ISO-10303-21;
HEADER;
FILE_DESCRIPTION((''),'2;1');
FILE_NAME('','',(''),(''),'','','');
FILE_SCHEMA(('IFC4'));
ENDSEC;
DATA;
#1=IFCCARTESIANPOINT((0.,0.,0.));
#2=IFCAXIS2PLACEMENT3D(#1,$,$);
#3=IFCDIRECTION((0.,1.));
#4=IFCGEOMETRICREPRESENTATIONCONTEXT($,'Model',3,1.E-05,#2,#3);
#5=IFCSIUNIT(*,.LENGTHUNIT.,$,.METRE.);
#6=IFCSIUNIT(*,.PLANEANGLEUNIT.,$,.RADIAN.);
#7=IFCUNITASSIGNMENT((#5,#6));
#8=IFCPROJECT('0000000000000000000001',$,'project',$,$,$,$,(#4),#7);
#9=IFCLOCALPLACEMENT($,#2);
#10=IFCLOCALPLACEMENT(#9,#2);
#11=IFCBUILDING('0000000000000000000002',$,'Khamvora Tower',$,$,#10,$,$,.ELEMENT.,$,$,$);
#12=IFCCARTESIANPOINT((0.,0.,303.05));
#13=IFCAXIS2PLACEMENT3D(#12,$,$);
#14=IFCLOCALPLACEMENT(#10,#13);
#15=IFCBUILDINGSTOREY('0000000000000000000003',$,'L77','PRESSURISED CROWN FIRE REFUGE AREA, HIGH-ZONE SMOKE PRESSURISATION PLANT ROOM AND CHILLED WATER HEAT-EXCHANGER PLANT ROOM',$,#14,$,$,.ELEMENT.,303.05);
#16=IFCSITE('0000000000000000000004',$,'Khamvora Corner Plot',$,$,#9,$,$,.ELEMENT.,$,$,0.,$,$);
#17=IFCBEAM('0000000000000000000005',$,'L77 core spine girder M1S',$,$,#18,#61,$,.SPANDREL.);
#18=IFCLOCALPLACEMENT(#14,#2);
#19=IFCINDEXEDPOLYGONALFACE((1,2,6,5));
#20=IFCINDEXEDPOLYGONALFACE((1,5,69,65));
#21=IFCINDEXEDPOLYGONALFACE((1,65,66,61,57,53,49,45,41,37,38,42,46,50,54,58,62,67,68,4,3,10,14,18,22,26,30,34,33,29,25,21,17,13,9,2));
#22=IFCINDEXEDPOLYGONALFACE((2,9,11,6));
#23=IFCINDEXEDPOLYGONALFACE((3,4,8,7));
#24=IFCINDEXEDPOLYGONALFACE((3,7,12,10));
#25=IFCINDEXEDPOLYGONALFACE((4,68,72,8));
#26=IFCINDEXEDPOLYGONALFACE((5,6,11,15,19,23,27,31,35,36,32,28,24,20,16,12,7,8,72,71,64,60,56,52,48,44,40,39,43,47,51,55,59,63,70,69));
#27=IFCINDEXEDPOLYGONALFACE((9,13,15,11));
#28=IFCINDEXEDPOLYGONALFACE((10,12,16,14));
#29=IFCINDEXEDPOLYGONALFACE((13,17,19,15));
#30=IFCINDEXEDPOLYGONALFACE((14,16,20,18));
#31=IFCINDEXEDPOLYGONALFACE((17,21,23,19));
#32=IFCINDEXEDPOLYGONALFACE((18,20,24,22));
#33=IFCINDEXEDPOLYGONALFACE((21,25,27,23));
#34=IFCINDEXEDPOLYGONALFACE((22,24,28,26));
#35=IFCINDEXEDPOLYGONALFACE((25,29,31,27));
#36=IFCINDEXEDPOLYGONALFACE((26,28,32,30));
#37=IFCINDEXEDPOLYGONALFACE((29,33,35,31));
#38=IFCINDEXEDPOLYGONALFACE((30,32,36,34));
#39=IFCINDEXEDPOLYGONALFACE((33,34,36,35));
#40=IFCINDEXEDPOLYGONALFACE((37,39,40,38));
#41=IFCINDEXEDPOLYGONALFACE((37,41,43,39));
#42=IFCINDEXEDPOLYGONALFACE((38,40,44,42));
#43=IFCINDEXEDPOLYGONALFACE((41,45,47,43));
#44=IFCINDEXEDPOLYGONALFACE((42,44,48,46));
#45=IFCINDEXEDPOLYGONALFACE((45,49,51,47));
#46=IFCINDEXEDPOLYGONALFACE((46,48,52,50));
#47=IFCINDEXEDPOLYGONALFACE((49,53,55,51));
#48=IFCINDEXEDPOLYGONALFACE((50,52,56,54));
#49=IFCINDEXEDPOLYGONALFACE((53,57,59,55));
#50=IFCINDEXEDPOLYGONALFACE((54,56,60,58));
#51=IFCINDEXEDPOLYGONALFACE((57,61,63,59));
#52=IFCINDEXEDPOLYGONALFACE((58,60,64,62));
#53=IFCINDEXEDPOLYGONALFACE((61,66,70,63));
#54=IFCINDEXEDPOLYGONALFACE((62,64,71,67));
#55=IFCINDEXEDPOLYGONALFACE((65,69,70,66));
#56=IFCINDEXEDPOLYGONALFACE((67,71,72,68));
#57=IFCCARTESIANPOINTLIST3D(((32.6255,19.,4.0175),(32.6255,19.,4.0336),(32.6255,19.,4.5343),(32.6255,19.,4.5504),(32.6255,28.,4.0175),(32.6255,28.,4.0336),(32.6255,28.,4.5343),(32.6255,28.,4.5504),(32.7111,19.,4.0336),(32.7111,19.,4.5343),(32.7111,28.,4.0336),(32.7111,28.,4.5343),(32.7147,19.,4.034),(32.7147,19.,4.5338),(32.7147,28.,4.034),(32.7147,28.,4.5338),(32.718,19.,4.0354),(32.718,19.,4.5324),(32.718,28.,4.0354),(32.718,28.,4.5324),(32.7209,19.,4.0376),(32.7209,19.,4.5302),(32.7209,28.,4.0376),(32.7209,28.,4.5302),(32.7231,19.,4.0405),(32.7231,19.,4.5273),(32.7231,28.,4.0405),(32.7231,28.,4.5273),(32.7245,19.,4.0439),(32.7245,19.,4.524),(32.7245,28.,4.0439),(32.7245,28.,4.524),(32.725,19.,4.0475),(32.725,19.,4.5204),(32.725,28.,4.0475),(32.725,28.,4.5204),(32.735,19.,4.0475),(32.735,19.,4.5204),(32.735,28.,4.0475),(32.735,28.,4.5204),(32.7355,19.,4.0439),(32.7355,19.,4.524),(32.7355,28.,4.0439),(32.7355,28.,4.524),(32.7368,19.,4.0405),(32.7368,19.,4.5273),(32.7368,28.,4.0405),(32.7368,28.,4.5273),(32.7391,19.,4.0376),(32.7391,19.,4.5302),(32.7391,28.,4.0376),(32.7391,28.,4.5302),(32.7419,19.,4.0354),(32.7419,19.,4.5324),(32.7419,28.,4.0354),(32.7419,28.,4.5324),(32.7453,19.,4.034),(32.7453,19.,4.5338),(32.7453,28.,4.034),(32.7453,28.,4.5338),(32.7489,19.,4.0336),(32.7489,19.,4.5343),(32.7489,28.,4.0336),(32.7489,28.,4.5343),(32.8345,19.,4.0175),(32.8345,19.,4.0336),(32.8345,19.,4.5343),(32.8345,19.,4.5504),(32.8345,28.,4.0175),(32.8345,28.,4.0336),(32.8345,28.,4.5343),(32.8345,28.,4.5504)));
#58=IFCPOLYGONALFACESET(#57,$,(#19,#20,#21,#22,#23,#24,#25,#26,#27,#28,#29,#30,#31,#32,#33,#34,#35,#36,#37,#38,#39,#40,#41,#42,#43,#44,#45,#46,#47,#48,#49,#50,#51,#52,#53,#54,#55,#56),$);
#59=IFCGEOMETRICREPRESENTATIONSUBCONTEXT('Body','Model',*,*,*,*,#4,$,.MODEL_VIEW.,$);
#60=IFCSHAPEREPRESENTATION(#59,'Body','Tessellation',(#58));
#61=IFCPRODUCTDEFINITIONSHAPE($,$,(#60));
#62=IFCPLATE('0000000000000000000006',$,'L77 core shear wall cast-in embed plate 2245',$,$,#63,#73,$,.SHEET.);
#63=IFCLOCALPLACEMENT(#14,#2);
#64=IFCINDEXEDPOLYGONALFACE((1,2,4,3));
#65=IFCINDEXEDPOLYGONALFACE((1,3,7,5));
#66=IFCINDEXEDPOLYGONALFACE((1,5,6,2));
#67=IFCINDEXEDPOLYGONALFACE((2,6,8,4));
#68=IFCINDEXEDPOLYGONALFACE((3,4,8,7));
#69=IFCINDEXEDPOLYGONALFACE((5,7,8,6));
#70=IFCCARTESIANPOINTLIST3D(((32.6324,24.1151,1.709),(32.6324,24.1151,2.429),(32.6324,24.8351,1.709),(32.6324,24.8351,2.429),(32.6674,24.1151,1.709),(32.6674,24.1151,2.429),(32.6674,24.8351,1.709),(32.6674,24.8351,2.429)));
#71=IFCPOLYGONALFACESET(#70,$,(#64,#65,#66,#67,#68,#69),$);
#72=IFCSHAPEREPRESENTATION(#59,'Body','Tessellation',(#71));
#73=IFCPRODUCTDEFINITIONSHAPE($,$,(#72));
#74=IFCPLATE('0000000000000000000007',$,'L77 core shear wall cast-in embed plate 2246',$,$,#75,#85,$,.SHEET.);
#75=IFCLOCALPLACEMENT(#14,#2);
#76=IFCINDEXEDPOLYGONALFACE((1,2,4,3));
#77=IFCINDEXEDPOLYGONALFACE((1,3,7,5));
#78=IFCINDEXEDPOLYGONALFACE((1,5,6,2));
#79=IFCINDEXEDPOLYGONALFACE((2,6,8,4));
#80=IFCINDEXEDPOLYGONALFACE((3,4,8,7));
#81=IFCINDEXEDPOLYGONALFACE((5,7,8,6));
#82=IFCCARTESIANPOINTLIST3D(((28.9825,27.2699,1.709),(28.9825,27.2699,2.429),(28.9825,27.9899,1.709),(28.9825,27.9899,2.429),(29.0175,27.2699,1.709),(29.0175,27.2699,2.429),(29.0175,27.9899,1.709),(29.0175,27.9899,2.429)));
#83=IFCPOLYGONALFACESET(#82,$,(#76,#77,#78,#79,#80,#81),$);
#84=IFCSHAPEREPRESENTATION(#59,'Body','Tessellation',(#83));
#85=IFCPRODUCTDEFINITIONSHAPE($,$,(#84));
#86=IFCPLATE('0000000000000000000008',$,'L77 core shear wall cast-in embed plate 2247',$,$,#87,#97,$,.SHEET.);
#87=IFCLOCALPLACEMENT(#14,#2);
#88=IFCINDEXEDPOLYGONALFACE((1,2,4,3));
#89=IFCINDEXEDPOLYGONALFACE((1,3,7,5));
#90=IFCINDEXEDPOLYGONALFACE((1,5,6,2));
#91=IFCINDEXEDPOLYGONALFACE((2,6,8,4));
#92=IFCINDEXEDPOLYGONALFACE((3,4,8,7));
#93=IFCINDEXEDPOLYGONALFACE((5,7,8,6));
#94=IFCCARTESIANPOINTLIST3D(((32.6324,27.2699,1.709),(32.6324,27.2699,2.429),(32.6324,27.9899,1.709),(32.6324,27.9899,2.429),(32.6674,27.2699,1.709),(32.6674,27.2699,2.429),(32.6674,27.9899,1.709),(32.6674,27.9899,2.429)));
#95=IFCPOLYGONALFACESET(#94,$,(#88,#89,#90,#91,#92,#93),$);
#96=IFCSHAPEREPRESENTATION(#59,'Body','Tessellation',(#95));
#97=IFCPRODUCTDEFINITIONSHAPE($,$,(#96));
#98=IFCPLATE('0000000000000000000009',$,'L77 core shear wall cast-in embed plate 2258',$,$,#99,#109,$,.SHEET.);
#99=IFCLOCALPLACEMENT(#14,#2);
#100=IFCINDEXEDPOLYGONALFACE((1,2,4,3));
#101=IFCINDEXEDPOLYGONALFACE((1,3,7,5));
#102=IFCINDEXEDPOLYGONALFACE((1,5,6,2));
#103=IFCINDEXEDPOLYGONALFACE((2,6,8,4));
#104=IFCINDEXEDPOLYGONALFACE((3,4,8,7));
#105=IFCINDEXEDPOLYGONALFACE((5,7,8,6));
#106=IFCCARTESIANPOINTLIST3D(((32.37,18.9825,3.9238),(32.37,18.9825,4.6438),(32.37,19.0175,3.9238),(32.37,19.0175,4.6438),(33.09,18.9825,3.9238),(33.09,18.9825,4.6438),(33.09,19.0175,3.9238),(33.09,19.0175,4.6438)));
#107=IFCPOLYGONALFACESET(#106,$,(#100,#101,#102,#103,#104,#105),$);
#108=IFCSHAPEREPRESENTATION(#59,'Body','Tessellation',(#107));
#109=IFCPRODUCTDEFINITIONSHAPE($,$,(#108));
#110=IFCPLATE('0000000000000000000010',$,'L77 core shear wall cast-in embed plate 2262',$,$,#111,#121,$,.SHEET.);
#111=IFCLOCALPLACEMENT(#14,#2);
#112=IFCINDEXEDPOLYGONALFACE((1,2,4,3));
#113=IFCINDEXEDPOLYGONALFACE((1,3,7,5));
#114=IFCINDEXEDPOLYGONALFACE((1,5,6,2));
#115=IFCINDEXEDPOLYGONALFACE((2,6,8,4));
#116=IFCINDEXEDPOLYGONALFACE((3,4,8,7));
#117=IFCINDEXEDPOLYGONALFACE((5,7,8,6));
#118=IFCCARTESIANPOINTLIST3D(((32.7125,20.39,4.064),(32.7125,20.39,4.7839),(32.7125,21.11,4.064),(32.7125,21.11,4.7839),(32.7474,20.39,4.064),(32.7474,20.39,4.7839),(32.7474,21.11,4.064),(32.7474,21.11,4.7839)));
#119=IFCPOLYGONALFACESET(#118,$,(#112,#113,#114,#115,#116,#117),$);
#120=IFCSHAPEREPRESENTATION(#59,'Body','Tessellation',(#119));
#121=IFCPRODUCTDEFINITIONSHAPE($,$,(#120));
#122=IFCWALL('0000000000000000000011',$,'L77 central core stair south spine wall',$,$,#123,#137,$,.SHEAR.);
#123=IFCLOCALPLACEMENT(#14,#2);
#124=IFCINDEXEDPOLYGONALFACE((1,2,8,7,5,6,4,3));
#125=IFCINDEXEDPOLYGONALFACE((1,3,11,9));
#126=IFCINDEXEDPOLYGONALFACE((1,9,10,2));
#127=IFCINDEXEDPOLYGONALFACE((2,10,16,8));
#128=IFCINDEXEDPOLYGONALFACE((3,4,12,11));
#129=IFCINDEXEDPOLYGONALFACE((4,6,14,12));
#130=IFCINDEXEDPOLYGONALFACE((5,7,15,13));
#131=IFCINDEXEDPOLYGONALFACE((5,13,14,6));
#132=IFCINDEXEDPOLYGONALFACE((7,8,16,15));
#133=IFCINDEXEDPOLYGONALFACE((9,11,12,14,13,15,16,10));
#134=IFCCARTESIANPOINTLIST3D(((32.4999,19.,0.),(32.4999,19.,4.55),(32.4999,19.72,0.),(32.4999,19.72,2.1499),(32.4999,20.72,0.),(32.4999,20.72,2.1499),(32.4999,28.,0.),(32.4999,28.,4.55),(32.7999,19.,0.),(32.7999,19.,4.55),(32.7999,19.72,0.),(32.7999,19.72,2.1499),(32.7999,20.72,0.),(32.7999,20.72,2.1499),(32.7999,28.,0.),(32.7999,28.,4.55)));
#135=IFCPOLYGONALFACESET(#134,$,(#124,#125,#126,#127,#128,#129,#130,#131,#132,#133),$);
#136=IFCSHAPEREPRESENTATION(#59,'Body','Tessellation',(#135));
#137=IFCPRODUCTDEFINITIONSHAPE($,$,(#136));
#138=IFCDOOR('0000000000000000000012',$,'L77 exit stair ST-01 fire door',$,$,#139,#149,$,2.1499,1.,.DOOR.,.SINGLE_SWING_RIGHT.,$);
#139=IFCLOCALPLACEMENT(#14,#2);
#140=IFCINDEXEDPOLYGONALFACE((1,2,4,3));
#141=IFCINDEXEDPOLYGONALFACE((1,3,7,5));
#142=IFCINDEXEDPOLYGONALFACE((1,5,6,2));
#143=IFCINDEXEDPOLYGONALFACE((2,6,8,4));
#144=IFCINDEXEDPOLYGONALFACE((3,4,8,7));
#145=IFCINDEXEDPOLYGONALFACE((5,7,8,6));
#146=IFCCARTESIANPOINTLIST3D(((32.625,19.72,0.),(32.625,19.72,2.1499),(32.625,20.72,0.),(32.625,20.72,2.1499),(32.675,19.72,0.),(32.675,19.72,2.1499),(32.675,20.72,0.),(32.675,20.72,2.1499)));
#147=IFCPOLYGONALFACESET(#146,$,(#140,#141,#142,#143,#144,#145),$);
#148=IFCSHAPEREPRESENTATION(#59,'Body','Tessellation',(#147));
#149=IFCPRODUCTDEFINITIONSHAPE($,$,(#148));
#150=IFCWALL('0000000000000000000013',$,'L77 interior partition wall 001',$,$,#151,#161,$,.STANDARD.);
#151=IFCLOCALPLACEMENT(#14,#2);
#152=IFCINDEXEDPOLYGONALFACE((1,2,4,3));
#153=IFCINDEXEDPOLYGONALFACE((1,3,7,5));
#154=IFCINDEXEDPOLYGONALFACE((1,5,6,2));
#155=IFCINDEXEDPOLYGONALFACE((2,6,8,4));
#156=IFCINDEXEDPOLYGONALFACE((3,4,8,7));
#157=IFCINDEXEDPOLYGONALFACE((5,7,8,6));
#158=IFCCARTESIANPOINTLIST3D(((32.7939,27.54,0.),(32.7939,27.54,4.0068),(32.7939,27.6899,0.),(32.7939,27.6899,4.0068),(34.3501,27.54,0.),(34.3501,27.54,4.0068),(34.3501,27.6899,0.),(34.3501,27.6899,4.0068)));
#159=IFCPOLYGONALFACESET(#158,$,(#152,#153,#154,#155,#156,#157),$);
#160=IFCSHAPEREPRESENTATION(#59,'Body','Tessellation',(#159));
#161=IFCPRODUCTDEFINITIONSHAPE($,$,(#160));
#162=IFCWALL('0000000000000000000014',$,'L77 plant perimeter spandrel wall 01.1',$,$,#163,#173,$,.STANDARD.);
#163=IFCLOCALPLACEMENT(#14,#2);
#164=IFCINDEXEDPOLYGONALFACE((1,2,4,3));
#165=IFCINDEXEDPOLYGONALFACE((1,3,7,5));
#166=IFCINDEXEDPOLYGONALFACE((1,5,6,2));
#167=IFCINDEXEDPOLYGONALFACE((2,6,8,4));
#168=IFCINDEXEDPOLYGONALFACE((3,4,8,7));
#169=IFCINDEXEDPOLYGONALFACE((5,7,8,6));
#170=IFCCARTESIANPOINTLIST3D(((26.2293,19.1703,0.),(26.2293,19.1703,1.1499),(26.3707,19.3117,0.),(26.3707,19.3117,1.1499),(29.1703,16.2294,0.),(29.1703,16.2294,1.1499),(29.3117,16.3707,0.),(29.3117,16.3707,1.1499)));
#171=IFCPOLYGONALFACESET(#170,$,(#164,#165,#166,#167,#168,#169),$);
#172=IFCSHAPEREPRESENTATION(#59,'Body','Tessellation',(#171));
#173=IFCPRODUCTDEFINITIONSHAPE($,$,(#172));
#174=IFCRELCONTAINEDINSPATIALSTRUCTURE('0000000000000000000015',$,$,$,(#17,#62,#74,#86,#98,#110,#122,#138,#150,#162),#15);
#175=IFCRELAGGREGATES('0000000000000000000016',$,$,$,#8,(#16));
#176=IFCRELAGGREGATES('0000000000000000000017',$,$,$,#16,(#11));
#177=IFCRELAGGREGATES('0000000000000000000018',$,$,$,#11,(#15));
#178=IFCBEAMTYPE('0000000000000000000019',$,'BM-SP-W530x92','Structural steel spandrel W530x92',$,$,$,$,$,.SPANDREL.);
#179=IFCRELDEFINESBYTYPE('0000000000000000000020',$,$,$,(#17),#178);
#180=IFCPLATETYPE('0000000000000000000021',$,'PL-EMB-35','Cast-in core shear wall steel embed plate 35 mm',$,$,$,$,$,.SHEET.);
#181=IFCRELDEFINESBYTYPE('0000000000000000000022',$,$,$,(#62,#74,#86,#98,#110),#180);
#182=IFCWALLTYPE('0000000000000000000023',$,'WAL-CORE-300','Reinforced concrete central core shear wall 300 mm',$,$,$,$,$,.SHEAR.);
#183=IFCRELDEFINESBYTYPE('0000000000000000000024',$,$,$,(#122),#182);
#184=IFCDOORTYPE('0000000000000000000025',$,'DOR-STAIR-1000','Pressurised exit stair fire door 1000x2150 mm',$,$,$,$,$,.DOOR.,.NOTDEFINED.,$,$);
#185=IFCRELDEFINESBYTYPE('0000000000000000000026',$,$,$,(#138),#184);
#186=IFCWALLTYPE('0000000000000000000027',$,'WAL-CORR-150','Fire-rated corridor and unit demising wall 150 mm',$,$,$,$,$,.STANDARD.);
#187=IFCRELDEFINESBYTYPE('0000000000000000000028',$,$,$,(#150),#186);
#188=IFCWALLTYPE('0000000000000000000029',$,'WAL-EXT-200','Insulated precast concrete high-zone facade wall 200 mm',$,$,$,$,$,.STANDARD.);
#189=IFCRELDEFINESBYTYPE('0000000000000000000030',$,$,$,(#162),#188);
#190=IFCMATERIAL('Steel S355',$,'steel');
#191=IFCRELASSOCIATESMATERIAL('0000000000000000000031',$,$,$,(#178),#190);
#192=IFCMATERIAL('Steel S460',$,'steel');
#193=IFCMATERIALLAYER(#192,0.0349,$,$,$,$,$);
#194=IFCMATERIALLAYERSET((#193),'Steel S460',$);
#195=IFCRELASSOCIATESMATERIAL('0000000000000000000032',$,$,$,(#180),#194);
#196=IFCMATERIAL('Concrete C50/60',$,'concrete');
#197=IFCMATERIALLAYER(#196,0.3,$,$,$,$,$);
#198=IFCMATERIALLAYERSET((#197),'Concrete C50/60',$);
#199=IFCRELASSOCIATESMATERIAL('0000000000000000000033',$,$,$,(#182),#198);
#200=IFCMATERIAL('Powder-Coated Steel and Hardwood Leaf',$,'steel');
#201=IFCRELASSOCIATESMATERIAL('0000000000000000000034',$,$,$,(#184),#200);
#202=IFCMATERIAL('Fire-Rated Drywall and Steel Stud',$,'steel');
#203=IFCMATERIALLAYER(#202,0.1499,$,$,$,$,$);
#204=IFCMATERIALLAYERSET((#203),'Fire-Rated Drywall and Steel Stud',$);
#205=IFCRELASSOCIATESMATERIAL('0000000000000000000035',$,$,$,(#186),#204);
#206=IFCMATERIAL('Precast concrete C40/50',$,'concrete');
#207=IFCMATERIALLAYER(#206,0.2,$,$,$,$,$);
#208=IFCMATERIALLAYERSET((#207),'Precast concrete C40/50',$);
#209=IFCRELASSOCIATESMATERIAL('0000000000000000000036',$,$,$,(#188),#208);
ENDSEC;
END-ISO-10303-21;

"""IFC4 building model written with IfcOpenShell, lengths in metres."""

from ifc_helpers import new_model, si_unit, direction, frame, frame_2d, origin, origin_2d, place, context, subcontext, project, spatial, rectangle, i_section, extrude, material, layer, layer_set, material_profile, profile_set, type_object, element, fill, save


model = new_model("IFC4")

# Units and contexts
model_context = context("Model", 3, precision=1e-05, world=origin(), true_north=direction((0.0, 1.0)))
body_context = subcontext(model_context, "Body", "Model", "MODEL_VIEW")
ifc_project = project(units=[si_unit("LENGTHUNIT", "METRE"), si_unit("PLANEANGLEUNIT", "RADIAN")], contexts=[model_context])

# Site, building, storey
site_placement = place(None, origin())
site = spatial("IfcSite", under=ifc_project, at=site_placement, Name="Khamvora Corner Plot", CompositionType="ELEMENT", RefElevation=0.0)
building_placement = place(site_placement, origin())
building = spatial("IfcBuilding", under=site, at=building_placement, Name="Khamvora Tower", CompositionType="ELEMENT")
storey_placement = place(building_placement, frame((0.0, 0.0, 303.05)))
storey = spatial("IfcBuildingStorey", under=building, at=storey_placement, Name="L77", Description="PRESSURISED CROWN FIRE REFUGE AREA, HIGH-ZONE SMOKE PRESSURISATION PLANT ROOM AND CHILLED WATER HEAT-EXCHANGER PLANT ROOM", CompositionType="ELEMENT", Elevation=303.05)

# Shared definitions
ifc_material_1 = material(Name="Steel S355", Category="steel")

# Beam
ifc_material_profile_1 = material_profile(ifc_material_1, i_section(OverallWidth=0.209, OverallDepth=0.533, WebThickness=0.01, FlangeThickness=0.0161, FilletRadius=0.0139, at=origin_2d()), Name="W530x92")
ifc_profile_set_1 = profile_set([ifc_material_profile_1], Name="Steel S355")
beam_type_1 = type_object("IfcBeamType", Name="BM-SP-W530x92", Description="Structural steel spandrel W530x92", PredefinedType="SPANDREL", material=ifc_profile_set_1)
beam_1_placement = place(storey_placement, frame((32.73, 19.0, 4.2839), z_axis=(0.0, 1.0, 0.0), x_axis=(-1.0, 0.0, 0.0)))
element("IfcBeam", 1, at=beam_1_placement, inside=storey, type_object=beam_type_1, Name="L77 core spine girder M1S", PredefinedType="SPANDREL", context=body_context, shape_type="SweptSolid", body=[
    extrude(i_section(OverallWidth=0.209, OverallDepth=0.533, WebThickness=0.01, FlangeThickness=0.0161, FilletRadius=0.0139, at=origin_2d()), origin(), (0.0, 0.0, 1.0), 9.0),
])

# Plates
ifc_material_2 = material(Name="Steel S460", Category="steel")
ifc_layer_1 = layer(ifc_material_2, 0.0349)
ifc_layer_set_1 = layer_set([ifc_layer_1], Name="Steel S460")
plate_type = type_object("IfcPlateType", Name="PL-EMB-35", Description="Cast-in core shear wall steel embed plate 35 mm", PredefinedType="SHEET", material=ifc_layer_set_1)
for number, where, z_axis, x_axis, name in (
    (2, (32.6499, 24.4751, 1.709), (0.0, 0.0, 1.0), (1.0, 0.0, 0.0), "L77 core shear wall cast-in embed plate 2245"),
    (3, (29.0, 27.6299, 1.709), (0.0, 0.0, 1.0), (1.0, 0.0, 0.0), "L77 core shear wall cast-in embed plate 2246"),
    (4, (32.6499, 27.6299, 1.709), (0.0, 0.0, 1.0), (1.0, 0.0, 0.0), "L77 core shear wall cast-in embed plate 2247"),
):
    element("IfcPlate", number, at=place(storey_placement, frame(where, z_axis=z_axis, x_axis=x_axis)), inside=storey, type_object=plate_type, Name=name, PredefinedType="SHEET", context=body_context, shape_type="SweptSolid", body=[
        extrude(rectangle(XDim=0.0349, YDim=0.72, at=origin_2d()), origin(), (0.0, 0.0, 1.0), 0.72),
    ])
plate_1_placement = place(storey_placement, frame((32.73, 19.0, 3.9238), z_axis=(0.0, 0.0, 1.0), x_axis=(1.0, 0.0, 0.0)))
element("IfcPlate", 5, at=plate_1_placement, inside=storey, type_object=plate_type, Name="L77 core shear wall cast-in embed plate 2258", PredefinedType="SHEET", context=body_context, shape_type="SweptSolid", body=[
    extrude(rectangle(XDim=0.72, YDim=0.0349, at=origin_2d()), origin(), (0.0, 0.0, 1.0), 0.72),
])
plate_2_placement = place(storey_placement, frame((32.73, 20.75, 4.064), z_axis=(0.0, 0.0, 1.0), x_axis=(1.0, 0.0, 0.0)))
element("IfcPlate", 6, at=plate_2_placement, inside=storey, type_object=plate_type, Name="L77 core shear wall cast-in embed plate 2262", PredefinedType="SHEET", context=body_context, shape_type="SweptSolid", body=[
    extrude(rectangle(XDim=0.0349, YDim=0.72, at=origin_2d()), origin(), (0.0, 0.0, 1.0), 0.72),
])

# Wall, opening, door
ifc_material_3 = material(Name="Concrete C50/60", Category="concrete")
ifc_layer_2 = layer(ifc_material_3, 0.3)
ifc_layer_set_2 = layer_set([ifc_layer_2], Name="Concrete C50/60")
wall_type_1 = type_object("IfcWallType", Name="WAL-CORE-300", Description="Reinforced concrete central core shear wall 300 mm", PredefinedType="SHEAR", material=ifc_layer_set_2)
wall_1_placement = place(storey_placement, frame((32.6499, 19.0, 0.0), z_axis=(0.0, 0.0, 1.0), x_axis=(0.0, 1.0, 0.0)))
wall_1 = element("IfcWall", 7, at=wall_1_placement, inside=storey, type_object=wall_type_1, Name="L77 central core stair south spine wall", PredefinedType="SHEAR", context=body_context, shape_type="SweptSolid", body=[
    extrude(rectangle(XDim=9.0, YDim=0.3, at=frame_2d((4.5, 0.0))), origin(), (0.0, 0.0, 1.0), 4.55),
])
opening_1_placement = place(wall_1_placement, frame((0.72, 0.0, 0.0)))
opening_1 = element("IfcOpeningElement", 8, at=opening_1_placement, cuts=wall_1, PredefinedType="OPENING", context=body_context, shape_type="SweptSolid", body=[
    extrude(rectangle(XDim=1.0, YDim=2.1499, at=frame_2d((0.5, 1.075))), frame((0.0, 0.1599, 0.0), z_axis=(0.0, -1.0, 0.0), x_axis=(1.0, 0.0, 0.0)), (0.0, 0.0, 1.0), 0.3201),
])
ifc_material_4 = material(Name="Powder-Coated Steel and Hardwood Leaf", Category="steel")
door_type_1 = type_object("IfcDoorType", Name="DOR-STAIR-1000", Description="Pressurised exit stair fire door 1000x2150 mm", OperationType="NOTDEFINED", PredefinedType="DOOR", material=ifc_material_4)
door_1_placement = place(opening_1_placement, origin())
door_1 = element("IfcDoor", 9, at=door_1_placement, inside=storey, type_object=door_type_1, Name="L77 exit stair ST-01 fire door", OperationType="SINGLE_SWING_RIGHT", OverallHeight=2.1499, OverallWidth=1.0, PredefinedType="DOOR", context=body_context, shape_type="SweptSolid", body=[
    extrude(rectangle(XDim=1.0, YDim=2.1499, at=frame_2d((0.5, 1.075))), frame((0.0, 0.0249, 0.0), z_axis=(0.0, -1.0, 0.0), x_axis=(1.0, 0.0, 0.0)), (0.0, 0.0, 1.0), 0.05),
])
fill(opening_1, door_1)

# Wall
ifc_material_5 = material(Name="Fire-Rated Drywall and Steel Stud", Category="steel")
ifc_layer_3 = layer(ifc_material_5, 0.1499)
ifc_layer_set_3 = layer_set([ifc_layer_3], Name="Fire-Rated Drywall and Steel Stud")
wall_type_2 = type_object("IfcWallType", Name="WAL-CORR-150", Description="Fire-rated corridor and unit demising wall 150 mm", PredefinedType="STANDARD", material=ifc_layer_set_3)
wall_2_placement = place(storey_placement, frame((32.7939, 27.615, 0.0), z_axis=(0.0, 0.0, 1.0), x_axis=(1.0, 0.0, 0.0)))
element("IfcWall", 10, at=wall_2_placement, inside=storey, type_object=wall_type_2, Name="L77 interior partition wall 001", PredefinedType="STANDARD", context=body_context, shape_type="SweptSolid", body=[
    extrude(rectangle(XDim=1.5562, YDim=0.1499, at=frame_2d((0.7781, 0.0))), origin(), (0.0, 0.0, 1.0), 4.0068),
])

# Wall
ifc_material_6 = material(Name="Precast concrete C40/50", Category="concrete")
ifc_layer_4 = layer(ifc_material_6, 0.2)
ifc_layer_set_4 = layer_set([ifc_layer_4], Name="Precast concrete C40/50")
wall_type_3 = type_object("IfcWallType", Name="WAL-EXT-200", Description="Insulated precast concrete high-zone facade wall 200 mm", PredefinedType="STANDARD", material=ifc_layer_set_4)
wall_3_placement = place(storey_placement, frame((29.241, 16.3, 0.0), z_axis=(0.0, 0.0, 1.0), x_axis=(-0.707107, 0.707107, 0.0)))
element("IfcWall", 11, at=wall_3_placement, inside=storey, type_object=wall_type_3, Name="L77 plant perimeter spandrel wall 01.1", PredefinedType="STANDARD", context=body_context, shape_type="SweptSolid", body=[
    extrude(rectangle(XDim=4.1592, YDim=0.2, at=frame_2d((2.0796, 0.0))), origin(), (0.0, 0.0, 1.0), 1.1499),
])

save(model, "model.ifc")
